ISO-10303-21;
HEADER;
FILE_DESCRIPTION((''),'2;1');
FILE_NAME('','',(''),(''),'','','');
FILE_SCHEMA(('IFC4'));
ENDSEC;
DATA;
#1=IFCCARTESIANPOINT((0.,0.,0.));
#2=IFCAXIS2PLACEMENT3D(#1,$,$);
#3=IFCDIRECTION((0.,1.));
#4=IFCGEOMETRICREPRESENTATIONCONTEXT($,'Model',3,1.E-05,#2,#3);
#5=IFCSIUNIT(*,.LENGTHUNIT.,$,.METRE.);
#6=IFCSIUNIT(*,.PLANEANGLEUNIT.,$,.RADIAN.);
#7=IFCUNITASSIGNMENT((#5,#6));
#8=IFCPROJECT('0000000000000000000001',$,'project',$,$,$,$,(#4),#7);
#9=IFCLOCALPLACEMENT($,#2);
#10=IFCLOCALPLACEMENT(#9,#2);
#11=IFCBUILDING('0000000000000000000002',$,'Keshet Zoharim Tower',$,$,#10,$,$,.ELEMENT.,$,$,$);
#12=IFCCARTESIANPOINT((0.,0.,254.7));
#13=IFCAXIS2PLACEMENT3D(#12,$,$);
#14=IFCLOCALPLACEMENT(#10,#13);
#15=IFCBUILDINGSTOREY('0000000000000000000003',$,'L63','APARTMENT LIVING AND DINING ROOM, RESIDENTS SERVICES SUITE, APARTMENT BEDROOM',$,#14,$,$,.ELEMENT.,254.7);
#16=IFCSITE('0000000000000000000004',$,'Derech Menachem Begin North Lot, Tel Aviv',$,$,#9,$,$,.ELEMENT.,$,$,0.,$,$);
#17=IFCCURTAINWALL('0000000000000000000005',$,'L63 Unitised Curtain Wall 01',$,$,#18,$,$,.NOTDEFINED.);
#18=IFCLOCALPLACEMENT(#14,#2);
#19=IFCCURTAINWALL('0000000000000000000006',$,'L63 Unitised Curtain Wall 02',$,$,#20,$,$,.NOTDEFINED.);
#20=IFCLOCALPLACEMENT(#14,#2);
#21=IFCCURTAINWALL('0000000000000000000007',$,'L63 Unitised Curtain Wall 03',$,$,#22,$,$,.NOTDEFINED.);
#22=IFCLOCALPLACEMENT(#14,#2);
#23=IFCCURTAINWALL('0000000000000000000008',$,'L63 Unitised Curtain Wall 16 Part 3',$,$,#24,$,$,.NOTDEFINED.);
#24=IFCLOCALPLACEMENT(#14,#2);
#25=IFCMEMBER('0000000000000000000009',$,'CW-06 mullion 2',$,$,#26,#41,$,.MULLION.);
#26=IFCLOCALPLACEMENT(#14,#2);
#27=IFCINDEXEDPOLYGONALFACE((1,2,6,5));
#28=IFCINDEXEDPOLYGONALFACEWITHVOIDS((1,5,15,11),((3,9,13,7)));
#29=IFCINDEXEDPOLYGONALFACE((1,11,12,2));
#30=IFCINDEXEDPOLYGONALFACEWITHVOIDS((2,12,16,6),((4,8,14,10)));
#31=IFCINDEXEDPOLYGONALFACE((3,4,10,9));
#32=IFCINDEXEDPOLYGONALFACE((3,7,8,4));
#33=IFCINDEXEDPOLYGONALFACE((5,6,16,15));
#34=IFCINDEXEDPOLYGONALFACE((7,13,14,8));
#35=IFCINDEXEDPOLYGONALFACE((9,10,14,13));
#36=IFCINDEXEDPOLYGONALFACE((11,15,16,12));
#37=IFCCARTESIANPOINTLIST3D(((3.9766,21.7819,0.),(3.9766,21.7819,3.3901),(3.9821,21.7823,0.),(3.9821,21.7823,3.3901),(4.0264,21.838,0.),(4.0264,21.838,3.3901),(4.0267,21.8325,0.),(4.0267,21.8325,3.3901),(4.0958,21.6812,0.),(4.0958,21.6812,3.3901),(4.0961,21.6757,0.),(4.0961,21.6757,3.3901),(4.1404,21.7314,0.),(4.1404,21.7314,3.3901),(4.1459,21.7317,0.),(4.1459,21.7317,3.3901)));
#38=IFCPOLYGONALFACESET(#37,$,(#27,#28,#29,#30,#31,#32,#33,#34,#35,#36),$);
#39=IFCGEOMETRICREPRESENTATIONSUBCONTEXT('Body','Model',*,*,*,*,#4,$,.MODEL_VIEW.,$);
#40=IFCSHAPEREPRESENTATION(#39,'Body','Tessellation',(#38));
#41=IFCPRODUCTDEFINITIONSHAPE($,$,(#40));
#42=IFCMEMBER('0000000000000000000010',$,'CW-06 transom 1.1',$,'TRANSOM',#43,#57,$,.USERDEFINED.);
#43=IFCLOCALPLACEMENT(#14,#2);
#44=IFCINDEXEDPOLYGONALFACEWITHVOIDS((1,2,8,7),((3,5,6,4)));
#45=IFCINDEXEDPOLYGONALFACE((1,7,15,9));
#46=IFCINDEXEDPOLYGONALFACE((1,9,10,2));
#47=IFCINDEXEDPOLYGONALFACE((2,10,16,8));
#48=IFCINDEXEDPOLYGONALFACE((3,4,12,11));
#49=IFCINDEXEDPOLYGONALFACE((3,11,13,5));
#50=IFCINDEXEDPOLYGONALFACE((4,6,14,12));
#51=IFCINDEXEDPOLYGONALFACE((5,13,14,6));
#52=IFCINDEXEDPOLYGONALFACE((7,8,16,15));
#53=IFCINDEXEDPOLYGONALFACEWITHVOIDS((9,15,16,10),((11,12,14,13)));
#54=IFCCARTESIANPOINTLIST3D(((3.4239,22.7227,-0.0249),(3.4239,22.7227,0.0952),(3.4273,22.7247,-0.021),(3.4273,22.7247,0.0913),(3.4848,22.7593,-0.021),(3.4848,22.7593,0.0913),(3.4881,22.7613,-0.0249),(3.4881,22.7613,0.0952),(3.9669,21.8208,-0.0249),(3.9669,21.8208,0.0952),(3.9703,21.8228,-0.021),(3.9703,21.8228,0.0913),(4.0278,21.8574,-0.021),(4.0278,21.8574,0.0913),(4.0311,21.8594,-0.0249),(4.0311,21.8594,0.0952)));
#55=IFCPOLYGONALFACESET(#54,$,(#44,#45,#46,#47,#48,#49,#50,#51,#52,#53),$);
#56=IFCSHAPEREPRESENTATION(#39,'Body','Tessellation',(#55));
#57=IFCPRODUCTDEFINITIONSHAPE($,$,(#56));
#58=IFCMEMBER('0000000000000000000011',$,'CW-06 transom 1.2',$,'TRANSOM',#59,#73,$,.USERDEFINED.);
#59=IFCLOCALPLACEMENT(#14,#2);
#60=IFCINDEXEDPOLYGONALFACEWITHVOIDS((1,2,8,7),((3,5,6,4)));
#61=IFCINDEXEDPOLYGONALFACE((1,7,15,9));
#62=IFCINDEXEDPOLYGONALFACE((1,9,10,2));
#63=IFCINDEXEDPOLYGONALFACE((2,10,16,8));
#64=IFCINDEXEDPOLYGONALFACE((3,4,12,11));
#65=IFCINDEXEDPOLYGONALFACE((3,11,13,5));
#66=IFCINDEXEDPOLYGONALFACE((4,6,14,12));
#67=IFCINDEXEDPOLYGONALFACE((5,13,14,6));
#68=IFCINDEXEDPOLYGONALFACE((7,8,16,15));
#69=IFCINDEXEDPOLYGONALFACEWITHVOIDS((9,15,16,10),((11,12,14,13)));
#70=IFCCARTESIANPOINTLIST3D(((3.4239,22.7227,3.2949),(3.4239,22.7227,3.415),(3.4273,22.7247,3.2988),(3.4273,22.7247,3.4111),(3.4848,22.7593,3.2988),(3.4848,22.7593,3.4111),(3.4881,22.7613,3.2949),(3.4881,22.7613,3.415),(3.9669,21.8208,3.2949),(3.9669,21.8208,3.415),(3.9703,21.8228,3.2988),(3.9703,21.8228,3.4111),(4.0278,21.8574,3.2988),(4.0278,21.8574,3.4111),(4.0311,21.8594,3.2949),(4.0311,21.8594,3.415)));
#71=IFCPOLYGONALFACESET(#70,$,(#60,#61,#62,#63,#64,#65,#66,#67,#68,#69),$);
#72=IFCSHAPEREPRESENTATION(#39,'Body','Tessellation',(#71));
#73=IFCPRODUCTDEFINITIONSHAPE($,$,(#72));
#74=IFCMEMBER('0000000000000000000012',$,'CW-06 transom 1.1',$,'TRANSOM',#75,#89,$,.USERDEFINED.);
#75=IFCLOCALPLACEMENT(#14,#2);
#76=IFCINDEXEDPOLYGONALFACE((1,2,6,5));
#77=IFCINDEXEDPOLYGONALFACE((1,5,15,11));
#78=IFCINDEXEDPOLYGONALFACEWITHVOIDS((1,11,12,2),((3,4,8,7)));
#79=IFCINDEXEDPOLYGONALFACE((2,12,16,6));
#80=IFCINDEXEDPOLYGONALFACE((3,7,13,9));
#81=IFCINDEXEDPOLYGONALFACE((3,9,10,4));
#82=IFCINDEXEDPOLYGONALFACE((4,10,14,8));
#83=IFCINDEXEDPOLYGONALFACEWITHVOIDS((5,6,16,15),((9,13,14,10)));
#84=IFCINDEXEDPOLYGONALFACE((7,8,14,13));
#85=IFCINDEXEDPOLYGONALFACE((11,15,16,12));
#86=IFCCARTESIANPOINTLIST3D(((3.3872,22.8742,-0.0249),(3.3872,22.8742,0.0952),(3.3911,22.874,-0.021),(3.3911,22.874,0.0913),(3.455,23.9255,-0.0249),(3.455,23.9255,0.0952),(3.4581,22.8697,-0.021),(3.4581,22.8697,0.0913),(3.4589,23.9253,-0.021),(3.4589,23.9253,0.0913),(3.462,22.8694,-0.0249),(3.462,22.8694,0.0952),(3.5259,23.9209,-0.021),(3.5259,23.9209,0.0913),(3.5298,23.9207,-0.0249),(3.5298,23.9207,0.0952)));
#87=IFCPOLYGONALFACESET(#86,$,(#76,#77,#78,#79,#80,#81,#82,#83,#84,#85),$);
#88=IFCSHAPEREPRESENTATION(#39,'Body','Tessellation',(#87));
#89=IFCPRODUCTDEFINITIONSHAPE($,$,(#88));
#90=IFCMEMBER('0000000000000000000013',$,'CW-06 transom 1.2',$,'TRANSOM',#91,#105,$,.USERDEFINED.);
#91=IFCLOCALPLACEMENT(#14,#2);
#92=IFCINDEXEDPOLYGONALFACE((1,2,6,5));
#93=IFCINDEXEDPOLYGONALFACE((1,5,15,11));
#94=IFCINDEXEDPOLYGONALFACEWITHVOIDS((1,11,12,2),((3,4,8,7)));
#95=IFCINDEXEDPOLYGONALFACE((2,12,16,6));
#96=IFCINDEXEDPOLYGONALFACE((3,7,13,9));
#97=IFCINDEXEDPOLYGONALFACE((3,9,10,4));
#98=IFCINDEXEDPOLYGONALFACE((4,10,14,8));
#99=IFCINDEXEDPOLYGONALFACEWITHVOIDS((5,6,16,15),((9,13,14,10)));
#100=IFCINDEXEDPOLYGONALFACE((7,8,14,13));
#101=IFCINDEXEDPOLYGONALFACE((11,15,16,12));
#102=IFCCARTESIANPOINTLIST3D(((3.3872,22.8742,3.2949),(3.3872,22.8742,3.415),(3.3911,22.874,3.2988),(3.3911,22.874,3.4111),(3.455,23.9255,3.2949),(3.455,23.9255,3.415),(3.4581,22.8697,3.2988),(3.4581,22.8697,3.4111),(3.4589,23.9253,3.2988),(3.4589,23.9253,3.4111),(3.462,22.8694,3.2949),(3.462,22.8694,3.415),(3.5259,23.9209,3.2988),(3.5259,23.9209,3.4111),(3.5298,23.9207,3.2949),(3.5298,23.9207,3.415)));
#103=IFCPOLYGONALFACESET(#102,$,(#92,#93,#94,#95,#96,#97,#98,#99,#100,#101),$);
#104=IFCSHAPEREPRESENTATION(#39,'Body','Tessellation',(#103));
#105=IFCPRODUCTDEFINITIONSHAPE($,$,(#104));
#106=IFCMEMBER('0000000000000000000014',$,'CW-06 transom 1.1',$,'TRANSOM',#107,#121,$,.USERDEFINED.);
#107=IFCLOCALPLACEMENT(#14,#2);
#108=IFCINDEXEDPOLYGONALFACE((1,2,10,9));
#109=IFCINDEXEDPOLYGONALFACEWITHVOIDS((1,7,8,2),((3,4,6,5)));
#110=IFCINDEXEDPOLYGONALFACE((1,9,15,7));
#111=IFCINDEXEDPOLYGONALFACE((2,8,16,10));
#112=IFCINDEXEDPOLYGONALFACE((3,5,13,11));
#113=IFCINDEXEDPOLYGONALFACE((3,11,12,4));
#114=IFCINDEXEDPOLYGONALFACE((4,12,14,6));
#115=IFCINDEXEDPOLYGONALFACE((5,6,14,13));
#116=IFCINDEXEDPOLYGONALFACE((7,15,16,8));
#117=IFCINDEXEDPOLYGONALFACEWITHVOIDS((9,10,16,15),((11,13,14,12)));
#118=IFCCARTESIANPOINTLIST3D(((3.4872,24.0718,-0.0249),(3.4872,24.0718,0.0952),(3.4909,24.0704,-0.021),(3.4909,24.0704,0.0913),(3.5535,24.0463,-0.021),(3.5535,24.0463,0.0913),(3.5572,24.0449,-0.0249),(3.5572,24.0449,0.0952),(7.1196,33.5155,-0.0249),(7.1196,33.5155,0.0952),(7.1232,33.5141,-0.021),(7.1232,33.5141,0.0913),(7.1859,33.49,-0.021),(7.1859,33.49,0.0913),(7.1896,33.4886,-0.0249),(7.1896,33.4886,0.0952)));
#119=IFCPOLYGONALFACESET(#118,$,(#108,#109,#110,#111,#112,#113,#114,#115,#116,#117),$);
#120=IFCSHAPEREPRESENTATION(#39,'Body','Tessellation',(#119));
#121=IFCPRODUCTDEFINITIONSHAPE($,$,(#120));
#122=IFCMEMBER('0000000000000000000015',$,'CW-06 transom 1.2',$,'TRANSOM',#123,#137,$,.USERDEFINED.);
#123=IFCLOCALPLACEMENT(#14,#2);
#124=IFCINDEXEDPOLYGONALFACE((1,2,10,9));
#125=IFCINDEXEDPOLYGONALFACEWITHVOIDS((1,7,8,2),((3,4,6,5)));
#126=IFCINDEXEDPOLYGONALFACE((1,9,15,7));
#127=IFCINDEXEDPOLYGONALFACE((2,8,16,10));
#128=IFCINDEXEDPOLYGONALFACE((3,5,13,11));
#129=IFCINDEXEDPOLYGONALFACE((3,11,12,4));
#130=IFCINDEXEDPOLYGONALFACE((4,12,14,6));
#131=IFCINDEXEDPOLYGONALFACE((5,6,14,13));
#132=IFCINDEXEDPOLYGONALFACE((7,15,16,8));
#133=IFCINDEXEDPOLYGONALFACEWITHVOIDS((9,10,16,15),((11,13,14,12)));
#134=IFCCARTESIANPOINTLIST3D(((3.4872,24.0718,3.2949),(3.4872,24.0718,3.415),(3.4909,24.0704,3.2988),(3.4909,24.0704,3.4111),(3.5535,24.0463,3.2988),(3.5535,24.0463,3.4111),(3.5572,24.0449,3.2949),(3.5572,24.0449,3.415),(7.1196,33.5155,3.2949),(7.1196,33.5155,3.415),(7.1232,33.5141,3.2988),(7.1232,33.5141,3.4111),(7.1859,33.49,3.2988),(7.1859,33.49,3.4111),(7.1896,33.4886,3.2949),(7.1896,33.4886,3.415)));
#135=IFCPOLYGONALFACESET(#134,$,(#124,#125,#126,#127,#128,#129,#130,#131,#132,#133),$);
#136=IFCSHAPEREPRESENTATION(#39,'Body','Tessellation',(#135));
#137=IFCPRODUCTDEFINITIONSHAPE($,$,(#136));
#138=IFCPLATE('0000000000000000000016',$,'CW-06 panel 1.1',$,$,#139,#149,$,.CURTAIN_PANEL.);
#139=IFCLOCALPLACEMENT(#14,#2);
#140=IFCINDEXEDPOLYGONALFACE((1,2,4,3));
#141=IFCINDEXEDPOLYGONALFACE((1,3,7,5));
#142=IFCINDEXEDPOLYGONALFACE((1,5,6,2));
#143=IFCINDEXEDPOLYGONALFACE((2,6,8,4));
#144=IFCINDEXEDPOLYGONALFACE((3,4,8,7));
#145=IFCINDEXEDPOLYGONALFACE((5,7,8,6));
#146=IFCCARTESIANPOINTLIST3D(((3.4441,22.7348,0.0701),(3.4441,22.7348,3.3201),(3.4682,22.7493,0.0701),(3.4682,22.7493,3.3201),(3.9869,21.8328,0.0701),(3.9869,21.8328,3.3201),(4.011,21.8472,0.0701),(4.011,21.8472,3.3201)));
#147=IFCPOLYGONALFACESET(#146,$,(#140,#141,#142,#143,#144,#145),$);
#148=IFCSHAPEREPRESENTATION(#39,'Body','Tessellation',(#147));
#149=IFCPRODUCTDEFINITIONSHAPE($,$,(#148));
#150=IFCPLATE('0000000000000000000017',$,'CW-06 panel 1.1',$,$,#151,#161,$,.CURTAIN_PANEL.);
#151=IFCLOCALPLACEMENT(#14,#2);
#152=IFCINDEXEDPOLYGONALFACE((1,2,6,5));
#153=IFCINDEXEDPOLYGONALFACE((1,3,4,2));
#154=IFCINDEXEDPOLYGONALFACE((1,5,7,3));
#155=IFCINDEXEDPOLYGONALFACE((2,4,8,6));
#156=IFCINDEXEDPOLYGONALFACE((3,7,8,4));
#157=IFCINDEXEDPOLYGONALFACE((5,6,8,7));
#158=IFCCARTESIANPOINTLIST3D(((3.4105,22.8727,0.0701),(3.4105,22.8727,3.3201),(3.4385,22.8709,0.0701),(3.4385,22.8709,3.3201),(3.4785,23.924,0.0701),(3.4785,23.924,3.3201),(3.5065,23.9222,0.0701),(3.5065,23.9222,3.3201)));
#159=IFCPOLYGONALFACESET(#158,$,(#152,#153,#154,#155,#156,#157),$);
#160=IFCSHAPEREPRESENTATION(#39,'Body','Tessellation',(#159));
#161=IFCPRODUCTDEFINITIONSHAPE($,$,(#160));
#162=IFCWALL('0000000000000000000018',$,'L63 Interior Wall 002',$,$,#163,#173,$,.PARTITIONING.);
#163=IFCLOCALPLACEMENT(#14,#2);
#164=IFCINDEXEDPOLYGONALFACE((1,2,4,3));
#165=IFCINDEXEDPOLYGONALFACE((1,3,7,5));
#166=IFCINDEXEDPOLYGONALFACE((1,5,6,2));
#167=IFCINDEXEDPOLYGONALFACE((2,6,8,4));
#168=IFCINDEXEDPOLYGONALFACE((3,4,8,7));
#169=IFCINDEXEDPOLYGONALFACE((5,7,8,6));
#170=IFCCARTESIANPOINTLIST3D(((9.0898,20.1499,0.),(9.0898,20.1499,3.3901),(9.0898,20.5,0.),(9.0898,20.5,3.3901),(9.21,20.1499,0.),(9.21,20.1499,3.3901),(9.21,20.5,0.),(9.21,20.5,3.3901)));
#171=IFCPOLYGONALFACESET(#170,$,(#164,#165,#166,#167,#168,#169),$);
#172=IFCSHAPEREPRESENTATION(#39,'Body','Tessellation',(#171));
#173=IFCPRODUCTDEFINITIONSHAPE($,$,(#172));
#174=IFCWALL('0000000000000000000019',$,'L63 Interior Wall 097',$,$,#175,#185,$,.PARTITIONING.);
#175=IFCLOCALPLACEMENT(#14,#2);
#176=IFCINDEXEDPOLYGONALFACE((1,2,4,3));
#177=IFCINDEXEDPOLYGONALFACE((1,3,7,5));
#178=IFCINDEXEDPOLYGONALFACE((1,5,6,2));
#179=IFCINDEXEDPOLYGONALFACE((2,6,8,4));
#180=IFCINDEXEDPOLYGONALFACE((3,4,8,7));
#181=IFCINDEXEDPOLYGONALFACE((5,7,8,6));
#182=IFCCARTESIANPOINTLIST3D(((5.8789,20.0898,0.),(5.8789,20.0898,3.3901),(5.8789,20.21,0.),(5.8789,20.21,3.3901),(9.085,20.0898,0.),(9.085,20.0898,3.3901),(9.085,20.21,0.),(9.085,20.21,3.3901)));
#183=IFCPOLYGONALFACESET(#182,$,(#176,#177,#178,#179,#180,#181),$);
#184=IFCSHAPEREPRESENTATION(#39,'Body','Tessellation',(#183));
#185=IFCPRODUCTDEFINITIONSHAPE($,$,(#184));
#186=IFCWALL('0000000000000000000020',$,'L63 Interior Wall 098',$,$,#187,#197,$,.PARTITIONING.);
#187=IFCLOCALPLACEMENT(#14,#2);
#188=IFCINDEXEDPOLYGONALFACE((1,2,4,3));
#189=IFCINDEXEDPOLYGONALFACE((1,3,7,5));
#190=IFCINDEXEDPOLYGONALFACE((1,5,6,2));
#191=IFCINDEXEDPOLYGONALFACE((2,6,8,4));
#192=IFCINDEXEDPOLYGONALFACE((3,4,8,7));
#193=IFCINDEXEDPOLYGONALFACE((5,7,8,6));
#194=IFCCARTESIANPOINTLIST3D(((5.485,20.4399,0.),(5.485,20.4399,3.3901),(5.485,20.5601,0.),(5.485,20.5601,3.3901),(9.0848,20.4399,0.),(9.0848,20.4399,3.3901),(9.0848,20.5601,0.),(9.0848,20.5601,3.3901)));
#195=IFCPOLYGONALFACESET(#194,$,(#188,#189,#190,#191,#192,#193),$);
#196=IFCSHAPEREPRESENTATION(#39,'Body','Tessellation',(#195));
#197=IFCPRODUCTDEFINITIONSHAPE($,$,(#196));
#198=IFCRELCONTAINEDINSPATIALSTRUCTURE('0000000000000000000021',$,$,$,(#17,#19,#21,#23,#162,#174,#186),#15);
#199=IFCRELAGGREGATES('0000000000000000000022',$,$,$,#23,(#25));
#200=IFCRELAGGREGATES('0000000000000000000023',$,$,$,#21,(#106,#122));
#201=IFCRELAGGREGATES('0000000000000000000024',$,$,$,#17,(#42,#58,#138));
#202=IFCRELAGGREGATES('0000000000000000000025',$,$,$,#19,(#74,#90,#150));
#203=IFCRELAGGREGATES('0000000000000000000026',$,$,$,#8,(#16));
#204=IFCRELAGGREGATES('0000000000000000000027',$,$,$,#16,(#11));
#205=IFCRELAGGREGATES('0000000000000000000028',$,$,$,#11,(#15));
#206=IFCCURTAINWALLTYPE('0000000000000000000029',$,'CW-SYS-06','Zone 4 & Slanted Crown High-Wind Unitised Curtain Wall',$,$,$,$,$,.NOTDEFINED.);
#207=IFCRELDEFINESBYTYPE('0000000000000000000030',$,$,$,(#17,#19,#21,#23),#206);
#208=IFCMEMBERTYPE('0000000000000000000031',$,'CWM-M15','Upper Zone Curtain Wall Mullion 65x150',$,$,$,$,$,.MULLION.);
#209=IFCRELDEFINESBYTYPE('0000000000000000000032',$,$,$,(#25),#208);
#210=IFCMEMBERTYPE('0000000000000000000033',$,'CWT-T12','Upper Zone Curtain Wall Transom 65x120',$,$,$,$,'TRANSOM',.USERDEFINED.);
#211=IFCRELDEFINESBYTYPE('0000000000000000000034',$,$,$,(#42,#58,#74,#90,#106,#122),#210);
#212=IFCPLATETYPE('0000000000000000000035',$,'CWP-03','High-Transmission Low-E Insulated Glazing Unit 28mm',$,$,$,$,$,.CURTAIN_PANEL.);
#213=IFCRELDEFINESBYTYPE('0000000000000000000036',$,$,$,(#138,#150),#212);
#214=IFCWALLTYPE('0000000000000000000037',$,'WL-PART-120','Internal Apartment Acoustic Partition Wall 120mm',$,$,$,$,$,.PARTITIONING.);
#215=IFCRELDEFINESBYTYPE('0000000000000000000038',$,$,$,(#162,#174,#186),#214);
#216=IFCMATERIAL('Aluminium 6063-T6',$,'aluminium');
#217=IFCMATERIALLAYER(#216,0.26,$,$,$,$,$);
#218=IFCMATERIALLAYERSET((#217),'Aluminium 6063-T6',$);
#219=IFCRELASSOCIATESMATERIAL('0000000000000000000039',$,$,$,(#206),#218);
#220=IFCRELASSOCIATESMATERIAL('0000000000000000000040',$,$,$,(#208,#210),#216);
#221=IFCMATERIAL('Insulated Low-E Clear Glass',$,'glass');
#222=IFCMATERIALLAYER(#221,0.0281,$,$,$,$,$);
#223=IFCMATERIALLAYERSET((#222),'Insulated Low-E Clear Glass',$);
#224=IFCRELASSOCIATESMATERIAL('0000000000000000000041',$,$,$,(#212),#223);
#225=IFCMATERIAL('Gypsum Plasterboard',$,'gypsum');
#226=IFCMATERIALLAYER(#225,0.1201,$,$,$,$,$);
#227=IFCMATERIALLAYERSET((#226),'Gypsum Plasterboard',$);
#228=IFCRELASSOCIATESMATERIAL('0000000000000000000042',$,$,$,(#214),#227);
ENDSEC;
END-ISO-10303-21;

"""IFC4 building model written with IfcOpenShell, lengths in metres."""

from ifc_helpers import new_model, si_unit, direction, frame, frame_2d, origin, origin_2d, place, context, subcontext, project, spatial, rectangle, hollow_rectangle, extrude, material, layer, layer_set, material_profile, profile_set, type_object, element, aggregate, save


model = new_model("IFC4")

# Units and contexts
model_context = context("Model", 3, precision=1e-05, world=origin(), true_north=direction((0.0, 1.0)))
body_context = subcontext(model_context, "Body", "Model", "MODEL_VIEW")
ifc_project = project(units=[si_unit("LENGTHUNIT", "METRE"), si_unit("PLANEANGLEUNIT", "RADIAN")], contexts=[model_context])

# Site, building, storey
site_placement = place(None, origin())
site = spatial("IfcSite", under=ifc_project, at=site_placement, Name="Derech Menachem Begin North Lot, Tel Aviv", CompositionType="ELEMENT", RefElevation=0.0)
building_placement = place(site_placement, origin())
building = spatial("IfcBuilding", under=site, at=building_placement, Name="Keshet Zoharim Tower", CompositionType="ELEMENT")
storey_placement = place(building_placement, frame((0.0, 0.0, 254.7)))
storey = spatial("IfcBuildingStorey", under=building, at=storey_placement, Name="L63", Description="APARTMENT LIVING AND DINING ROOM, RESIDENTS SERVICES SUITE, APARTMENT BEDROOM", CompositionType="ELEMENT", Elevation=254.7)

# Curtain walls
ifc_material_1 = material(Name="Aluminium 6063-T6", Category="aluminium")
ifc_layer_1 = layer(ifc_material_1, 0.26)
ifc_layer_set_1 = layer_set([ifc_layer_1], Name="Aluminium 6063-T6")
curtain_wall_type = type_object("IfcCurtainWallType", Name="CW-SYS-06", Description="Zone 4 & Slanted Crown High-Wind Unitised Curtain Wall", PredefinedType="NOTDEFINED", material=ifc_layer_set_1)
curtain_wall_1_placement = place(storey_placement, origin())
curtain_wall_1 = element("IfcCurtainWall", 1, at=curtain_wall_1_placement, inside=storey, type_object=curtain_wall_type, Name="L63 Unitised Curtain Wall 01", PredefinedType="NOTDEFINED")
ifc_material_profile_1 = material_profile(ifc_material_1, hollow_rectangle(XDim=0.075, YDim=0.1599, WallThickness=0.0039, at=origin_2d()), Name="MUL-75x160")
ifc_profile_set_1 = profile_set([ifc_material_profile_1], Name="Aluminium 6063-T6")
member_type_1 = type_object("IfcMemberType", Name="CWM-M15", Description="Upper Zone Curtain Wall Mullion 65x150", PredefinedType="MULLION", material=ifc_profile_set_1)
curtain_wall_2_placement = place(storey_placement, origin())
curtain_wall_2 = element("IfcCurtainWall", 2, at=curtain_wall_2_placement, inside=storey, type_object=curtain_wall_type, Name="L63 Unitised Curtain Wall 02", PredefinedType="NOTDEFINED")

# Curtain walls, member
curtain_wall_3_placement = place(storey_placement, origin())
curtain_wall_3 = element("IfcCurtainWall", 3, at=curtain_wall_3_placement, inside=storey, type_object=curtain_wall_type, Name="L63 Unitised Curtain Wall 03", PredefinedType="NOTDEFINED")
curtain_wall_4_placement = place(storey_placement, origin())
curtain_wall_4 = element("IfcCurtainWall", 4, at=curtain_wall_4_placement, inside=storey, type_object=curtain_wall_type, Name="L63 Unitised Curtain Wall 16 Part 3", PredefinedType="NOTDEFINED")
member_1_placement = place(storey_placement, frame((4.0613, 21.7568, 0.0), z_axis=(0.0, 0.0, 1.0), x_axis=(-0.664364, -0.747409, 0.0)))
member_1 = element("IfcMember", 5, at=member_1_placement, type_object=member_type_1, Name="CW-06 mullion 2", PredefinedType="MULLION", context=body_context, shape_type="SweptSolid", body=[
    extrude(hollow_rectangle(XDim=0.075, YDim=0.1599, WallThickness=0.0039, at=origin_2d()), origin(), (0.0, 0.0, 1.0), 3.3901),
])
aggregate(curtain_wall_4, [member_1])

# Members
ifc_material_profile_2 = material_profile(ifc_material_1, hollow_rectangle(XDim=0.075, YDim=0.1201, WallThickness=0.0039, at=origin_2d()), Name="TRN-75x120")
ifc_profile_set_2 = profile_set([ifc_material_profile_2], Name="Aluminium 6063-T6")
member_type_2 = type_object("IfcMemberType", Name="CWT-T12", Description="Upper Zone Curtain Wall Transom 65x120", ElementType="TRANSOM", PredefinedType="USERDEFINED", material=ifc_profile_set_2)
member_2_placement = place(storey_placement, frame((3.999, 21.8401, 0.0352), z_axis=(-0.515791, 0.856714, 0.0), x_axis=(-0.856714, -0.515791, 0.0)))
member_2 = element("IfcMember", 6, at=member_2_placement, type_object=member_type_2, Name="CW-06 transom 1.1", ObjectType="TRANSOM", PredefinedType="USERDEFINED", context=body_context, shape_type="SweptSolid", body=[
    extrude(hollow_rectangle(XDim=0.075, YDim=0.1201, WallThickness=0.0039, at=origin_2d()), origin(), (0.0, 0.0, 1.0), 1.0527),
])
member_3_placement = place(storey_placement, frame((3.999, 21.8401, 3.355), z_axis=(-0.515791, 0.856714, 0.0), x_axis=(-0.856714, -0.515791, 0.0)))
member_3 = element("IfcMember", 7, at=member_3_placement, type_object=member_type_2, Name="CW-06 transom 1.2", ObjectType="TRANSOM", PredefinedType="USERDEFINED", context=body_context, shape_type="SweptSolid", body=[
    extrude(hollow_rectangle(XDim=0.075, YDim=0.1201, WallThickness=0.0039, at=origin_2d()), origin(), (0.0, 0.0, 1.0), 1.0527),
])
member_4_placement = place(storey_placement, frame((3.4246, 22.8718, 0.0352), z_axis=(0.064427, 0.997922, 0.0), x_axis=(-0.997922, 0.064427, 0.0)))
member_4 = element("IfcMember", 8, at=member_4_placement, type_object=member_type_2, Name="CW-06 transom 1.1", ObjectType="TRANSOM", PredefinedType="USERDEFINED", context=body_context, shape_type="SweptSolid", body=[
    extrude(hollow_rectangle(XDim=0.075, YDim=0.1201, WallThickness=0.0039, at=origin_2d()), origin(), (0.0, 0.0, 1.0), 1.0535),
])
member_5_placement = place(storey_placement, frame((3.4246, 22.8718, 3.355), z_axis=(0.064427, 0.997922, 0.0), x_axis=(-0.997922, 0.064427, 0.0)))
member_5 = element("IfcMember", 9, at=member_5_placement, type_object=member_type_2, Name="CW-06 transom 1.2", ObjectType="TRANSOM", PredefinedType="USERDEFINED", context=body_context, shape_type="SweptSolid", body=[
    extrude(hollow_rectangle(XDim=0.075, YDim=0.1201, WallThickness=0.0039, at=origin_2d()), origin(), (0.0, 0.0, 1.0), 1.0535),
])
member_6_placement = place(storey_placement, frame((3.5222, 24.0583, 0.0352), z_axis=(0.358994, 0.93334, 0.0), x_axis=(-0.93334, 0.358994, 0.0)))
member_6 = element("IfcMember", 10, at=member_6_placement, type_object=member_type_2, Name="CW-06 transom 1.1", ObjectType="TRANSOM", PredefinedType="USERDEFINED", context=body_context, shape_type="SweptSolid", body=[
    extrude(hollow_rectangle(XDim=0.075, YDim=0.1201, WallThickness=0.0039, at=origin_2d()), origin(), (0.0, 0.0, 1.0), 10.1182),
])
member_7_placement = place(storey_placement, frame((3.5222, 24.0583, 3.355), z_axis=(0.358994, 0.93334, 0.0), x_axis=(-0.93334, 0.358994, 0.0)))
member_7 = element("IfcMember", 11, at=member_7_placement, type_object=member_type_2, Name="CW-06 transom 1.2", ObjectType="TRANSOM", PredefinedType="USERDEFINED", context=body_context, shape_type="SweptSolid", body=[
    extrude(hollow_rectangle(XDim=0.075, YDim=0.1201, WallThickness=0.0039, at=origin_2d()), origin(), (0.0, 0.0, 1.0), 10.1182),
])
aggregate(curtain_wall_3, [member_6, member_7])

# Plates
ifc_material_2 = material(Name="Insulated Low-E Clear Glass", Category="glass")
ifc_layer_2 = layer(ifc_material_2, 0.0281)
ifc_layer_set_2 = layer_set([ifc_layer_2], Name="Insulated Low-E Clear Glass")
plate_type = type_object("IfcPlateType", Name="CWP-03", Description="High-Transmission Low-E Insulated Glazing Unit 28mm", PredefinedType="CURTAIN_PANEL", material=ifc_layer_set_2)
plate_1_placement = place(storey_placement, frame((3.7275, 22.291, 0.0701), z_axis=(0.0, 0.0, 1.0), x_axis=(-0.515605, 0.856826, 0.0)))
plate_1 = element("IfcPlate", 12, at=plate_1_placement, type_object=plate_type, Name="CW-06 panel 1.1", PredefinedType="CURTAIN_PANEL", context=body_context, shape_type="SweptSolid", body=[
    extrude(rectangle(XDim=1.0527, YDim=0.0281, at=origin_2d()), origin(), (0.0, 0.0, 1.0), 3.25),
])
aggregate(curtain_wall_1, [member_2, member_3, plate_1])
plate_2_placement = place(storey_placement, frame((3.4585, 23.3975, 0.0701), z_axis=(0.0, 0.0, 1.0), x_axis=(0.064517, 0.997917, 0.0)))
plate_2 = element("IfcPlate", 13, at=plate_2_placement, type_object=plate_type, Name="CW-06 panel 1.1", PredefinedType="CURTAIN_PANEL", context=body_context, shape_type="SweptSolid", body=[
    extrude(rectangle(XDim=1.0535, YDim=0.0281, at=origin_2d()), origin(), (0.0, 0.0, 1.0), 3.25),
])
aggregate(curtain_wall_2, [member_4, member_5, plate_2])

# Wall
ifc_material_3 = material(Name="Gypsum Plasterboard", Category="gypsum")
ifc_layer_3 = layer(ifc_material_3, 0.1201)
ifc_layer_set_3 = layer_set([ifc_layer_3], Name="Gypsum Plasterboard")
wall_type = type_object("IfcWallType", Name="WL-PART-120", Description="Internal Apartment Acoustic Partition Wall 120mm", PredefinedType="PARTITIONING", material=ifc_layer_set_3)
wall_1_placement = place(storey_placement, frame((9.1499, 20.1499, 0.0), z_axis=(0.0, 0.0, 1.0), x_axis=(0.0, 1.0, 0.0)))
element("IfcWall", 14, at=wall_1_placement, inside=storey, type_object=wall_type, Name="L63 Interior Wall 002", PredefinedType="PARTITIONING", context=body_context, shape_type="SweptSolid", body=[
    extrude(rectangle(XDim=0.3501, YDim=0.1201, at=frame_2d((0.175, 0.0))), origin(), (0.0, 0.0, 1.0), 3.3901),
])

# Walls
wall_2_placement = place(storey_placement, frame((5.8789, 20.1499, 0.0), z_axis=(0.0, 0.0, 1.0), x_axis=(1.0, 0.0, 0.0)))
element("IfcWall", 15, at=wall_2_placement, inside=storey, type_object=wall_type, Name="L63 Interior Wall 097", PredefinedType="PARTITIONING", context=body_context, shape_type="SweptSolid", body=[
    extrude(rectangle(XDim=3.2061, YDim=0.1201, at=frame_2d((1.603, 0.0))), origin(), (0.0, 0.0, 1.0), 3.3901),
])
wall_3_placement = place(storey_placement, frame((5.4851, 20.5, 0.0), z_axis=(0.0, 0.0, 1.0), x_axis=(1.0, 0.0, 0.0)))
element("IfcWall", 16, at=wall_3_placement, inside=storey, type_object=wall_type, Name="L63 Interior Wall 098", PredefinedType="PARTITIONING", context=body_context, shape_type="SweptSolid", body=[
    extrude(rectangle(XDim=3.5999, YDim=0.1201, at=frame_2d((1.7998, 0.0))), origin(), (0.0, 0.0, 1.0), 3.3901),
])

save(model, "model.ifc")
